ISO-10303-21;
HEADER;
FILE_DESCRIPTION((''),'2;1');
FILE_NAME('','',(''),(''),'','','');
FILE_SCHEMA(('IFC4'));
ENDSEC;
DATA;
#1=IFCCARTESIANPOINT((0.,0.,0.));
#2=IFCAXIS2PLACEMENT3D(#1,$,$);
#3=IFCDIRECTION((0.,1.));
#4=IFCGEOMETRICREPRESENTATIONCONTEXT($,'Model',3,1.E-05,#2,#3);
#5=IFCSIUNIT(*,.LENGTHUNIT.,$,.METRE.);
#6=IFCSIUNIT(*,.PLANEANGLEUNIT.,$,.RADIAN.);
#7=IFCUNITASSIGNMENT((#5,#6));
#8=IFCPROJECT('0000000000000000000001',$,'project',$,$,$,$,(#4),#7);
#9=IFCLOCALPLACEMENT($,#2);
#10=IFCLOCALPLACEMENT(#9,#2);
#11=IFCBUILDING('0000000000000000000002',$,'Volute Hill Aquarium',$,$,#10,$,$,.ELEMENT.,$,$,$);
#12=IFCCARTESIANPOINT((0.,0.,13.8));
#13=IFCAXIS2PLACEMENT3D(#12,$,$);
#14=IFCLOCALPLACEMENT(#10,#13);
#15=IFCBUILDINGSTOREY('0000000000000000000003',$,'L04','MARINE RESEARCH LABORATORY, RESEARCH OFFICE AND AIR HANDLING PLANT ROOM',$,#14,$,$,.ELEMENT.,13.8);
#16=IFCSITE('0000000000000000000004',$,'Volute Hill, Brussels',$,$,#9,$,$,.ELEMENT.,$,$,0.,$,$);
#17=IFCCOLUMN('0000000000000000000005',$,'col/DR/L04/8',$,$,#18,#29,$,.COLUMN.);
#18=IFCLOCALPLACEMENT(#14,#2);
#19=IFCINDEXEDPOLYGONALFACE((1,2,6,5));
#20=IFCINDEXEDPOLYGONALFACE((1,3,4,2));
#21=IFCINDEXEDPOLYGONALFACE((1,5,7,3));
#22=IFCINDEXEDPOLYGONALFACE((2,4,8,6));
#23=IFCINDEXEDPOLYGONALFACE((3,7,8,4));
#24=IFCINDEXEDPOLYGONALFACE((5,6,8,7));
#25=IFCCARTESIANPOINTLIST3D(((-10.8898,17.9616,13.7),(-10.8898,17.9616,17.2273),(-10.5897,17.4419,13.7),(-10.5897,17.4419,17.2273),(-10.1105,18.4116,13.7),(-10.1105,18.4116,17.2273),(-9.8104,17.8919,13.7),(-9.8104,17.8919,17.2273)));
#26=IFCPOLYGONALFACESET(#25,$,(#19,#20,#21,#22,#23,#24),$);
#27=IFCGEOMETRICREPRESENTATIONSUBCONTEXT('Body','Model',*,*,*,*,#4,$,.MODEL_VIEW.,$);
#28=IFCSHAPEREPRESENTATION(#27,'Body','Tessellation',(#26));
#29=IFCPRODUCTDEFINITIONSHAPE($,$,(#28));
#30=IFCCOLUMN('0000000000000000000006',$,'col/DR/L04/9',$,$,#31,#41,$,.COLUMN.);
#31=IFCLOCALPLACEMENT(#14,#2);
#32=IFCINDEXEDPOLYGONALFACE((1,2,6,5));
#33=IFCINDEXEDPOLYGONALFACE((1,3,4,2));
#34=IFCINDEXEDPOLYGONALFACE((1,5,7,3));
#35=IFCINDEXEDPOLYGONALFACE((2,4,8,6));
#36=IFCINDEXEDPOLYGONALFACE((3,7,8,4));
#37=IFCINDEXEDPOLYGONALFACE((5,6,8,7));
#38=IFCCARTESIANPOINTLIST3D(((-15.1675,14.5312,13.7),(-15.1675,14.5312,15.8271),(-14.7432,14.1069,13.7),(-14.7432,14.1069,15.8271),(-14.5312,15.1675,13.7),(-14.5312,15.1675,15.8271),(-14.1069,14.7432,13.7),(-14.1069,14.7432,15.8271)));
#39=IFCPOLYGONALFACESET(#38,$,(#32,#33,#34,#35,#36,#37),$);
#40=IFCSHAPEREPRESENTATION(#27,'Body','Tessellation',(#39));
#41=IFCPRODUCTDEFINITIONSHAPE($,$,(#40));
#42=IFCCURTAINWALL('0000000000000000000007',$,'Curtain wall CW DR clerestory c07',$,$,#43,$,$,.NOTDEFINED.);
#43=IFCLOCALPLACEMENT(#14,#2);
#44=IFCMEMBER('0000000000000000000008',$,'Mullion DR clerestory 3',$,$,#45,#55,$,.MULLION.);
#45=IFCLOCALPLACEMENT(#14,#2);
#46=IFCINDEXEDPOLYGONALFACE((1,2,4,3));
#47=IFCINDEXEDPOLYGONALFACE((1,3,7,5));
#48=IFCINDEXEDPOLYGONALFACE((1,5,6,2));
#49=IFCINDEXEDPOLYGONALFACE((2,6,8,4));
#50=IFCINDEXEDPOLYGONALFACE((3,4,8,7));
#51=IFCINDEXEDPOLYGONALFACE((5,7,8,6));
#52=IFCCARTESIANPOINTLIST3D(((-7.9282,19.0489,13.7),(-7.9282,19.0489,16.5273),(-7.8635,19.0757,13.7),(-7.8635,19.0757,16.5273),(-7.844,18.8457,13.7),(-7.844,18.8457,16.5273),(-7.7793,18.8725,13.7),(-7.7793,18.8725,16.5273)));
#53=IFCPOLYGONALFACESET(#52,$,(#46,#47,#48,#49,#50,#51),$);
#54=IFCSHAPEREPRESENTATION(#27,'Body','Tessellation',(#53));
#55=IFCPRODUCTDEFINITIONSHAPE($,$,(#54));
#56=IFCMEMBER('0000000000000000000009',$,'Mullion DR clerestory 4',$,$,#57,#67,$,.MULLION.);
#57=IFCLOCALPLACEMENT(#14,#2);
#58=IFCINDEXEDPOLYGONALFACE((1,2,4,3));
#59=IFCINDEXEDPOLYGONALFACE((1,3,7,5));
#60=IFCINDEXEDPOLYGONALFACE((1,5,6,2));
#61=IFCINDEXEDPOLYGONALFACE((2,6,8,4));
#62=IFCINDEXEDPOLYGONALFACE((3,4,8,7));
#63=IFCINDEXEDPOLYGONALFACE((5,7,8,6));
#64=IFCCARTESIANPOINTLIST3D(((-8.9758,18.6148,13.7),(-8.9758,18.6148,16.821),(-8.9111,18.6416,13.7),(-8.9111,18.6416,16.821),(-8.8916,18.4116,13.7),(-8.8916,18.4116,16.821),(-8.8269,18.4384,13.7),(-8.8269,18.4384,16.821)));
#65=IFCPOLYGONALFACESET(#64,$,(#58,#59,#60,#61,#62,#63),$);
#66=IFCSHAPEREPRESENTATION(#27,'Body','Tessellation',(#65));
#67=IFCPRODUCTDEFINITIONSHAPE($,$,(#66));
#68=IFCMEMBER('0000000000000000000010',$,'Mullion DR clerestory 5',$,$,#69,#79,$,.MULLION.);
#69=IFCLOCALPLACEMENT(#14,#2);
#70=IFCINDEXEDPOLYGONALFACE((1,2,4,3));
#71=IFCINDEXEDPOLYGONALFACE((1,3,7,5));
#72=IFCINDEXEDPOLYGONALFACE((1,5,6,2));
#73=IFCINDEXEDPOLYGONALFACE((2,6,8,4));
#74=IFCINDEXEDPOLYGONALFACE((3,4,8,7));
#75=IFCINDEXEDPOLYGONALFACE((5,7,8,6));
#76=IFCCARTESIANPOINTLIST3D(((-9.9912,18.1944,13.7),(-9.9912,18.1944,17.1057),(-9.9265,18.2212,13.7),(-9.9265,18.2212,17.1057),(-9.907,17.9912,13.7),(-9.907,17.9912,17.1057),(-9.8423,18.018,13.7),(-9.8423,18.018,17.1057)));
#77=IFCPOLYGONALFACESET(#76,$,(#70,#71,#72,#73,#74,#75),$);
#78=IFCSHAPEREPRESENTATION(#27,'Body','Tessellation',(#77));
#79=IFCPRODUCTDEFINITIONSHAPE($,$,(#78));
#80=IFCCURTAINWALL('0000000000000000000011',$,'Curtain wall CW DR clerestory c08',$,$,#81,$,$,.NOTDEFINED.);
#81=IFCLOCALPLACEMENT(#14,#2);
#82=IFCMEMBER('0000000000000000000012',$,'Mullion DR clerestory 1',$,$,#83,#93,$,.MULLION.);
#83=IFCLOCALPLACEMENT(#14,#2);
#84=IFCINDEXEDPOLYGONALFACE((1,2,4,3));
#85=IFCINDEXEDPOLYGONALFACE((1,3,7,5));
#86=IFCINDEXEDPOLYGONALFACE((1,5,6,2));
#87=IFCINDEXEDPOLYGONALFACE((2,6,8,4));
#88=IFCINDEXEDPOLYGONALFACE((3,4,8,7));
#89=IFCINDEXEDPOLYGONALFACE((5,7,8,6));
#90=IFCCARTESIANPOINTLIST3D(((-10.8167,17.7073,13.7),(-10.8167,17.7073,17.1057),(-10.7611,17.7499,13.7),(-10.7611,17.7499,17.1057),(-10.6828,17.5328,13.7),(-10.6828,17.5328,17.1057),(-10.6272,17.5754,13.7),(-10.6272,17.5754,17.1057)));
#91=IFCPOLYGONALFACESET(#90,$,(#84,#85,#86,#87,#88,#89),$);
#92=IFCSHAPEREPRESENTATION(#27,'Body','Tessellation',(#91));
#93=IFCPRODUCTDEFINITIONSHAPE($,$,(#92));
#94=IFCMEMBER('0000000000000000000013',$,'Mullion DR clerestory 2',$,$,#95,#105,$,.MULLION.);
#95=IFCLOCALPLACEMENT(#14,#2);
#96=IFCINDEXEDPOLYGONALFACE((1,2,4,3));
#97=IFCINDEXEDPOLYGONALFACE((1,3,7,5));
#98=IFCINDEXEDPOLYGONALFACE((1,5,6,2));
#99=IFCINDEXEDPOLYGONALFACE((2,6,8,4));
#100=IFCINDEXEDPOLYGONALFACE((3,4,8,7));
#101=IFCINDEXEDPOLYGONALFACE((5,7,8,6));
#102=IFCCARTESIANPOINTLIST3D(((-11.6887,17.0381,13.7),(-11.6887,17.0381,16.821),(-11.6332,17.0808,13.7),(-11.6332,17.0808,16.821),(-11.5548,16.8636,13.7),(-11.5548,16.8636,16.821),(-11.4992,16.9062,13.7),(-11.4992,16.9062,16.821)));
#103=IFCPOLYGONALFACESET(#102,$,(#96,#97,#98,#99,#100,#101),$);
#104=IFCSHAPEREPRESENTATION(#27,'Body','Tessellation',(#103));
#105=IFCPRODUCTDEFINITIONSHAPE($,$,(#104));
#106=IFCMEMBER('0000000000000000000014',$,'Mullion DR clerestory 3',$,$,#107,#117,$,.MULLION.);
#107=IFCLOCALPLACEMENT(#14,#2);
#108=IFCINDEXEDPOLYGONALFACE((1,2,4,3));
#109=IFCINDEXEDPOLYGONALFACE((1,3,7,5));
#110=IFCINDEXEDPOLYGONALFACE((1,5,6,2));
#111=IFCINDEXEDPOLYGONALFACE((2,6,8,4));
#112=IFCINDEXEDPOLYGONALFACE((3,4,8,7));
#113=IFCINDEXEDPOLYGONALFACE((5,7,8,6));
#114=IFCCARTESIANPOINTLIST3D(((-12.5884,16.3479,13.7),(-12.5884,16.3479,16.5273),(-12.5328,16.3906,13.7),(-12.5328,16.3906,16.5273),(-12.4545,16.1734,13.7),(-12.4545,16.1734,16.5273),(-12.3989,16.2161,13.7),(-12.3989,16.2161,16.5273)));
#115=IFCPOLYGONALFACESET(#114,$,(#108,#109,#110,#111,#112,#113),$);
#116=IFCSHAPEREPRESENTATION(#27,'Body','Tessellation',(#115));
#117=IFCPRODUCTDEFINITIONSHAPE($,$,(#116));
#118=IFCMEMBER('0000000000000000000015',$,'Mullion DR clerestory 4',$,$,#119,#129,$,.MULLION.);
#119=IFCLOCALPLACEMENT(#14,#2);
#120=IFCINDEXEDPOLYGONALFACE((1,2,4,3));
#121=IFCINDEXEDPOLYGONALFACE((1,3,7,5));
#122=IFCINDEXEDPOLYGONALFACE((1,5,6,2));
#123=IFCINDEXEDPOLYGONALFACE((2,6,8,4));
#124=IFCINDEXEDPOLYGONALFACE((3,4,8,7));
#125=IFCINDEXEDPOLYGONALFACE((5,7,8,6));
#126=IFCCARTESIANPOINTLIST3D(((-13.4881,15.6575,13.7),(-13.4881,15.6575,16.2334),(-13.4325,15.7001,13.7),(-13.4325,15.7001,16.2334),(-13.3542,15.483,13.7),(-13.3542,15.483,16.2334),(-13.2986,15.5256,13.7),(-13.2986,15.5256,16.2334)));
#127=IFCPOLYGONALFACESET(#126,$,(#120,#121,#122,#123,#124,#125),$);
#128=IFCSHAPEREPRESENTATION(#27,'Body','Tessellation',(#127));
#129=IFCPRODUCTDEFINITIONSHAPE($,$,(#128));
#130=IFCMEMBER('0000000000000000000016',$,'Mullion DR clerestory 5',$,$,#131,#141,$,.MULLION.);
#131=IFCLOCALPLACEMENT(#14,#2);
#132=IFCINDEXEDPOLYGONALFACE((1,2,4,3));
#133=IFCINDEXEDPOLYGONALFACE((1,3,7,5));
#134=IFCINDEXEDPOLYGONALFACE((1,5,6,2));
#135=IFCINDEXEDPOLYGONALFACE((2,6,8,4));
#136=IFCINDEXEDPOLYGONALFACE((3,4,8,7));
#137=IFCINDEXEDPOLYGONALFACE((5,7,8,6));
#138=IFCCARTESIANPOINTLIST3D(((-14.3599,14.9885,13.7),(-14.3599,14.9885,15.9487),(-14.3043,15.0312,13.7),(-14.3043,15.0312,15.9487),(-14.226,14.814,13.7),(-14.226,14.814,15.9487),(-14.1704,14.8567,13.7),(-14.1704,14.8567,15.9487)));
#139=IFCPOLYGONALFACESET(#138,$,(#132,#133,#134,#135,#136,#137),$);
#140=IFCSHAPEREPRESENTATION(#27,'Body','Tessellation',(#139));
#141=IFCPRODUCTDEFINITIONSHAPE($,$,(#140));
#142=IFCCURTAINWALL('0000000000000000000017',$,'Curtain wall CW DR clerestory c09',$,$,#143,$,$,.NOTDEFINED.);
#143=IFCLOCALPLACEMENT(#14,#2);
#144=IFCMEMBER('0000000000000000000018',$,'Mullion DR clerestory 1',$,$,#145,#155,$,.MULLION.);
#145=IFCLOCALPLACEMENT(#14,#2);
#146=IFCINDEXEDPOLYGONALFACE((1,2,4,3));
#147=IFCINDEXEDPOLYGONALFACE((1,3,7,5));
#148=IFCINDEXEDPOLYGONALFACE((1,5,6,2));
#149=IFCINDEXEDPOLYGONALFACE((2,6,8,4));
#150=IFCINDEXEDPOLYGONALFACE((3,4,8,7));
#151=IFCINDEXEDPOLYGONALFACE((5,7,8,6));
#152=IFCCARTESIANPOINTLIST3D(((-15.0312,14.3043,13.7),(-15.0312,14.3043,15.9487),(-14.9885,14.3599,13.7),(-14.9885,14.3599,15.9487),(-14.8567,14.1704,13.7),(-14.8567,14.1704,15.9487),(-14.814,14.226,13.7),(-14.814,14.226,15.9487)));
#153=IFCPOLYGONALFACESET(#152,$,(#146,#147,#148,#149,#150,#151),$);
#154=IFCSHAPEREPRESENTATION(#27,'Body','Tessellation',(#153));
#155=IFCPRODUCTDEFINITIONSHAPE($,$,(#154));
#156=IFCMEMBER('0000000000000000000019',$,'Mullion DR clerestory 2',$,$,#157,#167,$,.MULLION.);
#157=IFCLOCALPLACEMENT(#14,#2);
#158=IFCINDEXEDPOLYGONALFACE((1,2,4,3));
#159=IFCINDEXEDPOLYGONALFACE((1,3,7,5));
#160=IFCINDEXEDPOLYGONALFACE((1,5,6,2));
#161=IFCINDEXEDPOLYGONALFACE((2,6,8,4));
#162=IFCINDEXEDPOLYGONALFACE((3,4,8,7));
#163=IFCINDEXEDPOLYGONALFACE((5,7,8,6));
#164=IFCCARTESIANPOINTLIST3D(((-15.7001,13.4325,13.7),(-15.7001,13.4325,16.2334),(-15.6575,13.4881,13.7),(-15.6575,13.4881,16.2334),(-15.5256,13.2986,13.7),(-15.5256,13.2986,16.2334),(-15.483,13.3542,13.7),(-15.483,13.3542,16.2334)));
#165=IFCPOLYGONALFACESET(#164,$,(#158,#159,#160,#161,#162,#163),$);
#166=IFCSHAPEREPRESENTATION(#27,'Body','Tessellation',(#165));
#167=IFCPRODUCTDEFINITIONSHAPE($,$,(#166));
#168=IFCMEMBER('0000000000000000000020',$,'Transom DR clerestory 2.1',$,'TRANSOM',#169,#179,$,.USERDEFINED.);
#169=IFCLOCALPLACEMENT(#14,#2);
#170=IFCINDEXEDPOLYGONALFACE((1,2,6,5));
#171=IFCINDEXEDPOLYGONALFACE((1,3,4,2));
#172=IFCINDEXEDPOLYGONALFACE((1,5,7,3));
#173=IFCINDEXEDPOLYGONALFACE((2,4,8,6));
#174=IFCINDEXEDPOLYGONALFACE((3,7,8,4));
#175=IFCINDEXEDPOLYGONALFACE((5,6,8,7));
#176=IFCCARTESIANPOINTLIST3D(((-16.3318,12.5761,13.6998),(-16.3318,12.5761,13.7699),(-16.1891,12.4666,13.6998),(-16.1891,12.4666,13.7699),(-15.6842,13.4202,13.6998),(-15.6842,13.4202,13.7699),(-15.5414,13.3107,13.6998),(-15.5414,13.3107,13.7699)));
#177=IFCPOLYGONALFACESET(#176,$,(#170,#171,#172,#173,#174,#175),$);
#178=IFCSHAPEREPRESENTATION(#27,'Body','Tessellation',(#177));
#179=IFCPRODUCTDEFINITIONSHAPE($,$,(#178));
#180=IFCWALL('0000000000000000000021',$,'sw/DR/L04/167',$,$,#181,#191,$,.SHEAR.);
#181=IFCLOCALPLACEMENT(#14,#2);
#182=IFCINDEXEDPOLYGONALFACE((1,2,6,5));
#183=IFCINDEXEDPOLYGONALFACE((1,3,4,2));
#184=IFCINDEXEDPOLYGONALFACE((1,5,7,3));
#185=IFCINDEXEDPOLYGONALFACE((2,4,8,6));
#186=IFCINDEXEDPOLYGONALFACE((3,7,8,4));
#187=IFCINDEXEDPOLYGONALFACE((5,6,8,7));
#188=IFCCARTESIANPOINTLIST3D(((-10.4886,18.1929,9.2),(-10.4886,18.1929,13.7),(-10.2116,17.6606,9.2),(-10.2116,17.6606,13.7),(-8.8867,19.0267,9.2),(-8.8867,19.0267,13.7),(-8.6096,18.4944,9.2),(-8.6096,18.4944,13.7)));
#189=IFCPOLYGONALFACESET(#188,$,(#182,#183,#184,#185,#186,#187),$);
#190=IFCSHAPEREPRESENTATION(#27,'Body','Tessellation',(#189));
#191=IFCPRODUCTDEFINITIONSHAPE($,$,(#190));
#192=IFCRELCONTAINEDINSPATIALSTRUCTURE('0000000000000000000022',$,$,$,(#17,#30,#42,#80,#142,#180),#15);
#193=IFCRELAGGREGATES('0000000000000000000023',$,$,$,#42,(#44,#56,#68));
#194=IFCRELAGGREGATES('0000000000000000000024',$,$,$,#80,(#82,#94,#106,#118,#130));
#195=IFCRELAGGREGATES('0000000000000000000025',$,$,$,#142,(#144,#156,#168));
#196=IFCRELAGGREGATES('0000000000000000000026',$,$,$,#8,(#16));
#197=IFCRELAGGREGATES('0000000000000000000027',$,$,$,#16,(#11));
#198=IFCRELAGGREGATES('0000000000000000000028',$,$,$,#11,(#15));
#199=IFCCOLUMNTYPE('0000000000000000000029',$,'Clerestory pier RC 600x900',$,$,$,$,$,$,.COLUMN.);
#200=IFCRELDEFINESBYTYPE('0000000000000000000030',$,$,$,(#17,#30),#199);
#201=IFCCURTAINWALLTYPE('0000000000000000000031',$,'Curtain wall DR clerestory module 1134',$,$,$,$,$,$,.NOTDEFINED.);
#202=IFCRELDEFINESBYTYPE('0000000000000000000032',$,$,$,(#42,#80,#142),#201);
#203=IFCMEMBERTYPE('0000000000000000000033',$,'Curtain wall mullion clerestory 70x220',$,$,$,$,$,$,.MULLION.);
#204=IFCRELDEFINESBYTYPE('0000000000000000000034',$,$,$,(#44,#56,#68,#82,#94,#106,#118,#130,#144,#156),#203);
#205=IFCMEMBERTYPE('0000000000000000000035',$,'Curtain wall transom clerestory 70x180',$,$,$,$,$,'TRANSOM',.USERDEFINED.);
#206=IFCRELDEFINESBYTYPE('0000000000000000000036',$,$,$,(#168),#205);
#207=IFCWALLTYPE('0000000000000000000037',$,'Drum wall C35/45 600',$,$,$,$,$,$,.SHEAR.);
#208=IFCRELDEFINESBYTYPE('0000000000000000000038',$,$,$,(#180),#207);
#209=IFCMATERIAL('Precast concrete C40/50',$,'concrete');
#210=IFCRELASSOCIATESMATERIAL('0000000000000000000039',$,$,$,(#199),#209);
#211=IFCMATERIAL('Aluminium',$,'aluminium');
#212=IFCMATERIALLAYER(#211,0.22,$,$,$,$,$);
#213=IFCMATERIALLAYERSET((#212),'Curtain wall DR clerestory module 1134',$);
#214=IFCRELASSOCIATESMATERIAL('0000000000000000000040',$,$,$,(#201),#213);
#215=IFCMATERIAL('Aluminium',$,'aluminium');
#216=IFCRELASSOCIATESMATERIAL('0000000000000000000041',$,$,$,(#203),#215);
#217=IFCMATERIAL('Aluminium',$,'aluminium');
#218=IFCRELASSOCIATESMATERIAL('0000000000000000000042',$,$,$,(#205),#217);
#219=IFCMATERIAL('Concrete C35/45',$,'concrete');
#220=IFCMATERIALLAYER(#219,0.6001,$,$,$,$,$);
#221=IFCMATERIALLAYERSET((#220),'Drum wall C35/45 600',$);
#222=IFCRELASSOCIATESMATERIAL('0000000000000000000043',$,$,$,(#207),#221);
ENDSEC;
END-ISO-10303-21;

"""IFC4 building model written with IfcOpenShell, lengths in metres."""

from ifc_helpers import new_model, si_unit, direction, frame, frame_2d, origin, origin_2d, place, context, subcontext, project, spatial, rectangle, extrude, material, layer, layer_set, material_profile, profile_set, type_object, element, aggregate, save


model = new_model("IFC4")

# Units and contexts
model_context = context("Model", 3, precision=1e-05, world=origin(), true_north=direction((0.0, 1.0)))
body_context = subcontext(model_context, "Body", "Model", "MODEL_VIEW")
ifc_project = project(units=[si_unit("LENGTHUNIT", "METRE"), si_unit("PLANEANGLEUNIT", "RADIAN")], contexts=[model_context])

# Site, building, storey
site_placement = place(None, origin())
site = spatial("IfcSite", under=ifc_project, at=site_placement, Name="Volute Hill, Brussels", CompositionType="ELEMENT", RefElevation=0.0)
building_placement = place(site_placement, origin())
building = spatial("IfcBuilding", under=site, at=building_placement, Name="Volute Hill Aquarium", CompositionType="ELEMENT")
storey_placement = place(building_placement, frame((0.0, 0.0, 13.8)))
storey = spatial("IfcBuildingStorey", under=building, at=storey_placement, Name="L04", Description="MARINE RESEARCH LABORATORY, RESEARCH OFFICE AND AIR HANDLING PLANT ROOM", CompositionType="ELEMENT", Elevation=13.8)

# Columns
ifc_material_1 = material(Name="Precast concrete C40/50", Category="concrete")
ifc_material_profile_1 = material_profile(ifc_material_1, rectangle(XDim=0.6001, YDim=0.8999, at=origin_2d()), Name="RC pier 600x900")
ifc_profile_set_1 = profile_set([ifc_material_profile_1], Name="Precast concrete C40/50")
column_type = type_object("IfcColumnType", Name="Clerestory pier RC 600x900", PredefinedType="COLUMN", material=ifc_profile_set_1)
column_1_placement = place(storey_placement, frame((-10.3501, 17.9268, 13.7), z_axis=(0.0, 0.0, 1.0), x_axis=(-0.5, 0.866025, 0.0)))
element("IfcColumn", 1, at=column_1_placement, inside=storey, type_object=column_type, Name="col/DR/L04/8", PredefinedType="COLUMN", context=body_context, shape_type="SweptSolid", body=[
    extrude(rectangle(XDim=0.6001, YDim=0.8999, at=origin_2d()), origin(), (0.0, 0.0, 1.0), 3.5273),
])
column_2_placement = place(storey_placement, frame((-14.6372, 14.6372, 13.7), z_axis=(0.0, 0.0, 1.0), x_axis=(-0.707107, 0.707107, 0.0)))
element("IfcColumn", 2, at=column_2_placement, inside=storey, type_object=column_type, Name="col/DR/L04/9", PredefinedType="COLUMN", context=body_context, shape_type="SweptSolid", body=[
    extrude(rectangle(XDim=0.6001, YDim=0.8999, at=origin_2d()), origin(), (0.0, 0.0, 1.0), 2.1272),
])

# Curtain walls, members
ifc_material_2 = material(Name="Aluminium", Category="aluminium")
ifc_layer_1 = layer(ifc_material_2, 0.22)
ifc_layer_set_1 = layer_set([ifc_layer_1], Name="Curtain wall DR clerestory module 1134")
curtain_wall_type = type_object("IfcCurtainWallType", Name="Curtain wall DR clerestory module 1134", PredefinedType="NOTDEFINED", material=ifc_layer_set_1)
curtain_wall_1_placement = place(storey_placement, origin())
curtain_wall_1 = element("IfcCurtainWall", 3, at=curtain_wall_1_placement, inside=storey, type_object=curtain_wall_type, Name="Curtain wall CW DR clerestory c07", PredefinedType="NOTDEFINED")
ifc_material_3 = material(Name="Aluminium", Category="aluminium")
ifc_material_profile_2 = material_profile(ifc_material_3, rectangle(XDim=0.22, YDim=0.0701, at=origin_2d()), Name="Curtain wall mullion clerestory 70x220")
ifc_profile_set_2 = profile_set([ifc_material_profile_2], Name="Aluminium")
member_type_1 = type_object("IfcMemberType", Name="Curtain wall mullion clerestory 70x220", PredefinedType="MULLION", material=ifc_profile_set_2)
member_1_placement = place(storey_placement, frame((-7.8538, 18.9607, 13.7), z_axis=(0.0, 0.0, 1.0), x_axis=(0.382696, -0.923874, 0.0)))
member_1 = element("IfcMember", 4, at=member_1_placement, type_object=member_type_1, Name="Mullion DR clerestory 3", PredefinedType="MULLION", context=body_context, shape_type="SweptSolid", body=[
    extrude(rectangle(XDim=0.22, YDim=0.0701, at=origin_2d()), origin(), (0.0, 0.0, 1.0), 2.8274),
])
member_2_placement = place(storey_placement, frame((-8.9014, 18.5266, 13.7), z_axis=(0.0, 0.0, 1.0), x_axis=(0.382696, -0.923874, 0.0)))
member_2 = element("IfcMember", 5, at=member_2_placement, type_object=member_type_1, Name="Mullion DR clerestory 4", PredefinedType="MULLION", context=body_context, shape_type="SweptSolid", body=[
    extrude(rectangle(XDim=0.22, YDim=0.0701, at=origin_2d()), origin(), (0.0, 0.0, 1.0), 3.1211),
])
member_3_placement = place(storey_placement, frame((-9.9167, 18.1062, 13.7), z_axis=(0.0, 0.0, 1.0), x_axis=(0.382696, -0.923874, 0.0)))
member_3 = element("IfcMember", 6, at=member_3_placement, type_object=member_type_1, Name="Mullion DR clerestory 5", PredefinedType="MULLION", context=body_context, shape_type="SweptSolid", body=[
    extrude(rectangle(XDim=0.22, YDim=0.0701, at=origin_2d()), origin(), (0.0, 0.0, 1.0), 3.4058),
])
aggregate(curtain_wall_1, [member_1, member_2, member_3])
curtain_wall_2_placement = place(storey_placement, origin())
curtain_wall_2 = element("IfcCurtainWall", 7, at=curtain_wall_2_placement, inside=storey, type_object=curtain_wall_type, Name="Curtain wall CW DR clerestory c08", PredefinedType="NOTDEFINED")
member_4_placement = place(storey_placement, frame((-10.7219, 17.6414, 13.7), z_axis=(0.0, 0.0, 1.0), x_axis=(0.608761, -0.793354, 0.0)))
member_4 = element("IfcMember", 8, at=member_4_placement, type_object=member_type_1, Name="Mullion DR clerestory 1", PredefinedType="MULLION", context=body_context, shape_type="SweptSolid", body=[
    extrude(rectangle(XDim=0.22, YDim=0.0701, at=origin_2d()), origin(), (0.0, 0.0, 1.0), 3.4058),
])
member_5_placement = place(storey_placement, frame((-11.594, 16.9722, 13.7), z_axis=(0.0, 0.0, 1.0), x_axis=(0.608761, -0.793354, 0.0)))
member_5 = element("IfcMember", 9, at=member_5_placement, type_object=member_type_1, Name="Mullion DR clerestory 2", PredefinedType="MULLION", context=body_context, shape_type="SweptSolid", body=[
    extrude(rectangle(XDim=0.22, YDim=0.0701, at=origin_2d()), origin(), (0.0, 0.0, 1.0), 3.1211),
])
member_6_placement = place(storey_placement, frame((-12.4937, 16.282, 13.7), z_axis=(0.0, 0.0, 1.0), x_axis=(0.608761, -0.793354, 0.0)))
member_6 = element("IfcMember", 10, at=member_6_placement, type_object=member_type_1, Name="Mullion DR clerestory 3", PredefinedType="MULLION", context=body_context, shape_type="SweptSolid", body=[
    extrude(rectangle(XDim=0.22, YDim=0.0701, at=origin_2d()), origin(), (0.0, 0.0, 1.0), 2.8274),
])
member_7_placement = place(storey_placement, frame((-13.3933, 15.5916, 13.7), z_axis=(0.0, 0.0, 1.0), x_axis=(0.608761, -0.793354, 0.0)))
member_7 = element("IfcMember", 11, at=member_7_placement, type_object=member_type_1, Name="Mullion DR clerestory 4", PredefinedType="MULLION", context=body_context, shape_type="SweptSolid", body=[
    extrude(rectangle(XDim=0.22, YDim=0.0701, at=origin_2d()), origin(), (0.0, 0.0, 1.0), 2.5334),
])
member_8_placement = place(storey_placement, frame((-14.2651, 14.9226, 13.7), z_axis=(0.0, 0.0, 1.0), x_axis=(0.608761, -0.793354, 0.0)))
member_8 = element("IfcMember", 12, at=member_8_placement, type_object=member_type_1, Name="Mullion DR clerestory 5", PredefinedType="MULLION", context=body_context, shape_type="SweptSolid", body=[
    extrude(rectangle(XDim=0.22, YDim=0.0701, at=origin_2d()), origin(), (0.0, 0.0, 1.0), 2.2488),
])
aggregate(curtain_wall_2, [member_4, member_5, member_6, member_7, member_8])
curtain_wall_3_placement = place(storey_placement, origin())
curtain_wall_3 = element("IfcCurtainWall", 13, at=curtain_wall_3_placement, inside=storey, type_object=curtain_wall_type, Name="Curtain wall CW DR clerestory c09", PredefinedType="NOTDEFINED")
member_9_placement = place(storey_placement, frame((-14.9226, 14.2651, 13.7), z_axis=(0.0, 0.0, 1.0), x_axis=(0.793354, -0.608761, 0.0)))
member_9 = element("IfcMember", 14, at=member_9_placement, type_object=member_type_1, Name="Mullion DR clerestory 1", PredefinedType="MULLION", context=body_context, shape_type="SweptSolid", body=[
    extrude(rectangle(XDim=0.22, YDim=0.0701, at=origin_2d()), origin(), (0.0, 0.0, 1.0), 2.2488),
])
member_10_placement = place(storey_placement, frame((-15.5916, 13.3933, 13.7), z_axis=(0.0, 0.0, 1.0), x_axis=(0.793354, -0.608761, 0.0)))
member_10 = element("IfcMember", 15, at=member_10_placement, type_object=member_type_1, Name="Mullion DR clerestory 2", PredefinedType="MULLION", context=body_context, shape_type="SweptSolid", body=[
    extrude(rectangle(XDim=0.22, YDim=0.0701, at=origin_2d()), origin(), (0.0, 0.0, 1.0), 2.5334),
])
ifc_material_4 = material(Name="Aluminium", Category="aluminium")
ifc_material_profile_3 = material_profile(ifc_material_4, rectangle(XDim=0.1799, YDim=0.0701, at=origin_2d()), Name="Curtain wall transom clerestory 70x180")
ifc_profile_set_3 = profile_set([ifc_material_profile_3], Name="Aluminium")
member_type_2 = type_object("IfcMemberType", Name="Curtain wall transom clerestory 70x180", ElementType="TRANSOM", PredefinedType="USERDEFINED", material=ifc_profile_set_3)
member_11_placement = place(storey_placement, frame((-15.6128, 13.3655, 13.7349), z_axis=(-0.608701, -0.7934, 0.0), x_axis=(0.7934, -0.608701, 0.0)))
member_11 = element("IfcMember", 16, at=member_11_placement, type_object=member_type_2, Name="Transom DR clerestory 2.1", ObjectType="TRANSOM", PredefinedType="USERDEFINED", context=body_context, shape_type="SweptSolid", body=[
    extrude(rectangle(XDim=0.1799, YDim=0.0701, at=origin_2d()), origin(), (0.0, 0.0, 1.0), 1.064),
])
aggregate(curtain_wall_3, [member_9, member_10, member_11])

# Wall
ifc_material_5 = material(Name="Concrete C35/45", Category="concrete")
ifc_layer_2 = layer(ifc_material_5, 0.6001)
ifc_layer_set_2 = layer_set([ifc_layer_2], Name="Drum wall C35/45 600")
wall_type = type_object("IfcWallType", Name="Drum wall C35/45 600", PredefinedType="SHEAR", material=ifc_layer_set_2)
for number, where, z_axis, x_axis, name in (
    (17, (-8.7483, 18.7605, 9.2), (0.0, 0.0, 1.0), (-0.887035, -0.461702, 0.0), "sw/DR/L04/167"),
):
    element("IfcWall", number, at=place(storey_placement, frame(where, z_axis=z_axis, x_axis=x_axis)), inside=storey, type_object=wall_type, Name=name, PredefinedType="SHEAR", context=body_context, shape_type="SweptSolid", body=[
        extrude(rectangle(XDim=1.8059, YDim=0.6001, at=frame_2d((0.9028, 0.0))), origin(), (0.0, 0.0, 1.0), 4.5),
    ])

save(model, "model.ifc")
